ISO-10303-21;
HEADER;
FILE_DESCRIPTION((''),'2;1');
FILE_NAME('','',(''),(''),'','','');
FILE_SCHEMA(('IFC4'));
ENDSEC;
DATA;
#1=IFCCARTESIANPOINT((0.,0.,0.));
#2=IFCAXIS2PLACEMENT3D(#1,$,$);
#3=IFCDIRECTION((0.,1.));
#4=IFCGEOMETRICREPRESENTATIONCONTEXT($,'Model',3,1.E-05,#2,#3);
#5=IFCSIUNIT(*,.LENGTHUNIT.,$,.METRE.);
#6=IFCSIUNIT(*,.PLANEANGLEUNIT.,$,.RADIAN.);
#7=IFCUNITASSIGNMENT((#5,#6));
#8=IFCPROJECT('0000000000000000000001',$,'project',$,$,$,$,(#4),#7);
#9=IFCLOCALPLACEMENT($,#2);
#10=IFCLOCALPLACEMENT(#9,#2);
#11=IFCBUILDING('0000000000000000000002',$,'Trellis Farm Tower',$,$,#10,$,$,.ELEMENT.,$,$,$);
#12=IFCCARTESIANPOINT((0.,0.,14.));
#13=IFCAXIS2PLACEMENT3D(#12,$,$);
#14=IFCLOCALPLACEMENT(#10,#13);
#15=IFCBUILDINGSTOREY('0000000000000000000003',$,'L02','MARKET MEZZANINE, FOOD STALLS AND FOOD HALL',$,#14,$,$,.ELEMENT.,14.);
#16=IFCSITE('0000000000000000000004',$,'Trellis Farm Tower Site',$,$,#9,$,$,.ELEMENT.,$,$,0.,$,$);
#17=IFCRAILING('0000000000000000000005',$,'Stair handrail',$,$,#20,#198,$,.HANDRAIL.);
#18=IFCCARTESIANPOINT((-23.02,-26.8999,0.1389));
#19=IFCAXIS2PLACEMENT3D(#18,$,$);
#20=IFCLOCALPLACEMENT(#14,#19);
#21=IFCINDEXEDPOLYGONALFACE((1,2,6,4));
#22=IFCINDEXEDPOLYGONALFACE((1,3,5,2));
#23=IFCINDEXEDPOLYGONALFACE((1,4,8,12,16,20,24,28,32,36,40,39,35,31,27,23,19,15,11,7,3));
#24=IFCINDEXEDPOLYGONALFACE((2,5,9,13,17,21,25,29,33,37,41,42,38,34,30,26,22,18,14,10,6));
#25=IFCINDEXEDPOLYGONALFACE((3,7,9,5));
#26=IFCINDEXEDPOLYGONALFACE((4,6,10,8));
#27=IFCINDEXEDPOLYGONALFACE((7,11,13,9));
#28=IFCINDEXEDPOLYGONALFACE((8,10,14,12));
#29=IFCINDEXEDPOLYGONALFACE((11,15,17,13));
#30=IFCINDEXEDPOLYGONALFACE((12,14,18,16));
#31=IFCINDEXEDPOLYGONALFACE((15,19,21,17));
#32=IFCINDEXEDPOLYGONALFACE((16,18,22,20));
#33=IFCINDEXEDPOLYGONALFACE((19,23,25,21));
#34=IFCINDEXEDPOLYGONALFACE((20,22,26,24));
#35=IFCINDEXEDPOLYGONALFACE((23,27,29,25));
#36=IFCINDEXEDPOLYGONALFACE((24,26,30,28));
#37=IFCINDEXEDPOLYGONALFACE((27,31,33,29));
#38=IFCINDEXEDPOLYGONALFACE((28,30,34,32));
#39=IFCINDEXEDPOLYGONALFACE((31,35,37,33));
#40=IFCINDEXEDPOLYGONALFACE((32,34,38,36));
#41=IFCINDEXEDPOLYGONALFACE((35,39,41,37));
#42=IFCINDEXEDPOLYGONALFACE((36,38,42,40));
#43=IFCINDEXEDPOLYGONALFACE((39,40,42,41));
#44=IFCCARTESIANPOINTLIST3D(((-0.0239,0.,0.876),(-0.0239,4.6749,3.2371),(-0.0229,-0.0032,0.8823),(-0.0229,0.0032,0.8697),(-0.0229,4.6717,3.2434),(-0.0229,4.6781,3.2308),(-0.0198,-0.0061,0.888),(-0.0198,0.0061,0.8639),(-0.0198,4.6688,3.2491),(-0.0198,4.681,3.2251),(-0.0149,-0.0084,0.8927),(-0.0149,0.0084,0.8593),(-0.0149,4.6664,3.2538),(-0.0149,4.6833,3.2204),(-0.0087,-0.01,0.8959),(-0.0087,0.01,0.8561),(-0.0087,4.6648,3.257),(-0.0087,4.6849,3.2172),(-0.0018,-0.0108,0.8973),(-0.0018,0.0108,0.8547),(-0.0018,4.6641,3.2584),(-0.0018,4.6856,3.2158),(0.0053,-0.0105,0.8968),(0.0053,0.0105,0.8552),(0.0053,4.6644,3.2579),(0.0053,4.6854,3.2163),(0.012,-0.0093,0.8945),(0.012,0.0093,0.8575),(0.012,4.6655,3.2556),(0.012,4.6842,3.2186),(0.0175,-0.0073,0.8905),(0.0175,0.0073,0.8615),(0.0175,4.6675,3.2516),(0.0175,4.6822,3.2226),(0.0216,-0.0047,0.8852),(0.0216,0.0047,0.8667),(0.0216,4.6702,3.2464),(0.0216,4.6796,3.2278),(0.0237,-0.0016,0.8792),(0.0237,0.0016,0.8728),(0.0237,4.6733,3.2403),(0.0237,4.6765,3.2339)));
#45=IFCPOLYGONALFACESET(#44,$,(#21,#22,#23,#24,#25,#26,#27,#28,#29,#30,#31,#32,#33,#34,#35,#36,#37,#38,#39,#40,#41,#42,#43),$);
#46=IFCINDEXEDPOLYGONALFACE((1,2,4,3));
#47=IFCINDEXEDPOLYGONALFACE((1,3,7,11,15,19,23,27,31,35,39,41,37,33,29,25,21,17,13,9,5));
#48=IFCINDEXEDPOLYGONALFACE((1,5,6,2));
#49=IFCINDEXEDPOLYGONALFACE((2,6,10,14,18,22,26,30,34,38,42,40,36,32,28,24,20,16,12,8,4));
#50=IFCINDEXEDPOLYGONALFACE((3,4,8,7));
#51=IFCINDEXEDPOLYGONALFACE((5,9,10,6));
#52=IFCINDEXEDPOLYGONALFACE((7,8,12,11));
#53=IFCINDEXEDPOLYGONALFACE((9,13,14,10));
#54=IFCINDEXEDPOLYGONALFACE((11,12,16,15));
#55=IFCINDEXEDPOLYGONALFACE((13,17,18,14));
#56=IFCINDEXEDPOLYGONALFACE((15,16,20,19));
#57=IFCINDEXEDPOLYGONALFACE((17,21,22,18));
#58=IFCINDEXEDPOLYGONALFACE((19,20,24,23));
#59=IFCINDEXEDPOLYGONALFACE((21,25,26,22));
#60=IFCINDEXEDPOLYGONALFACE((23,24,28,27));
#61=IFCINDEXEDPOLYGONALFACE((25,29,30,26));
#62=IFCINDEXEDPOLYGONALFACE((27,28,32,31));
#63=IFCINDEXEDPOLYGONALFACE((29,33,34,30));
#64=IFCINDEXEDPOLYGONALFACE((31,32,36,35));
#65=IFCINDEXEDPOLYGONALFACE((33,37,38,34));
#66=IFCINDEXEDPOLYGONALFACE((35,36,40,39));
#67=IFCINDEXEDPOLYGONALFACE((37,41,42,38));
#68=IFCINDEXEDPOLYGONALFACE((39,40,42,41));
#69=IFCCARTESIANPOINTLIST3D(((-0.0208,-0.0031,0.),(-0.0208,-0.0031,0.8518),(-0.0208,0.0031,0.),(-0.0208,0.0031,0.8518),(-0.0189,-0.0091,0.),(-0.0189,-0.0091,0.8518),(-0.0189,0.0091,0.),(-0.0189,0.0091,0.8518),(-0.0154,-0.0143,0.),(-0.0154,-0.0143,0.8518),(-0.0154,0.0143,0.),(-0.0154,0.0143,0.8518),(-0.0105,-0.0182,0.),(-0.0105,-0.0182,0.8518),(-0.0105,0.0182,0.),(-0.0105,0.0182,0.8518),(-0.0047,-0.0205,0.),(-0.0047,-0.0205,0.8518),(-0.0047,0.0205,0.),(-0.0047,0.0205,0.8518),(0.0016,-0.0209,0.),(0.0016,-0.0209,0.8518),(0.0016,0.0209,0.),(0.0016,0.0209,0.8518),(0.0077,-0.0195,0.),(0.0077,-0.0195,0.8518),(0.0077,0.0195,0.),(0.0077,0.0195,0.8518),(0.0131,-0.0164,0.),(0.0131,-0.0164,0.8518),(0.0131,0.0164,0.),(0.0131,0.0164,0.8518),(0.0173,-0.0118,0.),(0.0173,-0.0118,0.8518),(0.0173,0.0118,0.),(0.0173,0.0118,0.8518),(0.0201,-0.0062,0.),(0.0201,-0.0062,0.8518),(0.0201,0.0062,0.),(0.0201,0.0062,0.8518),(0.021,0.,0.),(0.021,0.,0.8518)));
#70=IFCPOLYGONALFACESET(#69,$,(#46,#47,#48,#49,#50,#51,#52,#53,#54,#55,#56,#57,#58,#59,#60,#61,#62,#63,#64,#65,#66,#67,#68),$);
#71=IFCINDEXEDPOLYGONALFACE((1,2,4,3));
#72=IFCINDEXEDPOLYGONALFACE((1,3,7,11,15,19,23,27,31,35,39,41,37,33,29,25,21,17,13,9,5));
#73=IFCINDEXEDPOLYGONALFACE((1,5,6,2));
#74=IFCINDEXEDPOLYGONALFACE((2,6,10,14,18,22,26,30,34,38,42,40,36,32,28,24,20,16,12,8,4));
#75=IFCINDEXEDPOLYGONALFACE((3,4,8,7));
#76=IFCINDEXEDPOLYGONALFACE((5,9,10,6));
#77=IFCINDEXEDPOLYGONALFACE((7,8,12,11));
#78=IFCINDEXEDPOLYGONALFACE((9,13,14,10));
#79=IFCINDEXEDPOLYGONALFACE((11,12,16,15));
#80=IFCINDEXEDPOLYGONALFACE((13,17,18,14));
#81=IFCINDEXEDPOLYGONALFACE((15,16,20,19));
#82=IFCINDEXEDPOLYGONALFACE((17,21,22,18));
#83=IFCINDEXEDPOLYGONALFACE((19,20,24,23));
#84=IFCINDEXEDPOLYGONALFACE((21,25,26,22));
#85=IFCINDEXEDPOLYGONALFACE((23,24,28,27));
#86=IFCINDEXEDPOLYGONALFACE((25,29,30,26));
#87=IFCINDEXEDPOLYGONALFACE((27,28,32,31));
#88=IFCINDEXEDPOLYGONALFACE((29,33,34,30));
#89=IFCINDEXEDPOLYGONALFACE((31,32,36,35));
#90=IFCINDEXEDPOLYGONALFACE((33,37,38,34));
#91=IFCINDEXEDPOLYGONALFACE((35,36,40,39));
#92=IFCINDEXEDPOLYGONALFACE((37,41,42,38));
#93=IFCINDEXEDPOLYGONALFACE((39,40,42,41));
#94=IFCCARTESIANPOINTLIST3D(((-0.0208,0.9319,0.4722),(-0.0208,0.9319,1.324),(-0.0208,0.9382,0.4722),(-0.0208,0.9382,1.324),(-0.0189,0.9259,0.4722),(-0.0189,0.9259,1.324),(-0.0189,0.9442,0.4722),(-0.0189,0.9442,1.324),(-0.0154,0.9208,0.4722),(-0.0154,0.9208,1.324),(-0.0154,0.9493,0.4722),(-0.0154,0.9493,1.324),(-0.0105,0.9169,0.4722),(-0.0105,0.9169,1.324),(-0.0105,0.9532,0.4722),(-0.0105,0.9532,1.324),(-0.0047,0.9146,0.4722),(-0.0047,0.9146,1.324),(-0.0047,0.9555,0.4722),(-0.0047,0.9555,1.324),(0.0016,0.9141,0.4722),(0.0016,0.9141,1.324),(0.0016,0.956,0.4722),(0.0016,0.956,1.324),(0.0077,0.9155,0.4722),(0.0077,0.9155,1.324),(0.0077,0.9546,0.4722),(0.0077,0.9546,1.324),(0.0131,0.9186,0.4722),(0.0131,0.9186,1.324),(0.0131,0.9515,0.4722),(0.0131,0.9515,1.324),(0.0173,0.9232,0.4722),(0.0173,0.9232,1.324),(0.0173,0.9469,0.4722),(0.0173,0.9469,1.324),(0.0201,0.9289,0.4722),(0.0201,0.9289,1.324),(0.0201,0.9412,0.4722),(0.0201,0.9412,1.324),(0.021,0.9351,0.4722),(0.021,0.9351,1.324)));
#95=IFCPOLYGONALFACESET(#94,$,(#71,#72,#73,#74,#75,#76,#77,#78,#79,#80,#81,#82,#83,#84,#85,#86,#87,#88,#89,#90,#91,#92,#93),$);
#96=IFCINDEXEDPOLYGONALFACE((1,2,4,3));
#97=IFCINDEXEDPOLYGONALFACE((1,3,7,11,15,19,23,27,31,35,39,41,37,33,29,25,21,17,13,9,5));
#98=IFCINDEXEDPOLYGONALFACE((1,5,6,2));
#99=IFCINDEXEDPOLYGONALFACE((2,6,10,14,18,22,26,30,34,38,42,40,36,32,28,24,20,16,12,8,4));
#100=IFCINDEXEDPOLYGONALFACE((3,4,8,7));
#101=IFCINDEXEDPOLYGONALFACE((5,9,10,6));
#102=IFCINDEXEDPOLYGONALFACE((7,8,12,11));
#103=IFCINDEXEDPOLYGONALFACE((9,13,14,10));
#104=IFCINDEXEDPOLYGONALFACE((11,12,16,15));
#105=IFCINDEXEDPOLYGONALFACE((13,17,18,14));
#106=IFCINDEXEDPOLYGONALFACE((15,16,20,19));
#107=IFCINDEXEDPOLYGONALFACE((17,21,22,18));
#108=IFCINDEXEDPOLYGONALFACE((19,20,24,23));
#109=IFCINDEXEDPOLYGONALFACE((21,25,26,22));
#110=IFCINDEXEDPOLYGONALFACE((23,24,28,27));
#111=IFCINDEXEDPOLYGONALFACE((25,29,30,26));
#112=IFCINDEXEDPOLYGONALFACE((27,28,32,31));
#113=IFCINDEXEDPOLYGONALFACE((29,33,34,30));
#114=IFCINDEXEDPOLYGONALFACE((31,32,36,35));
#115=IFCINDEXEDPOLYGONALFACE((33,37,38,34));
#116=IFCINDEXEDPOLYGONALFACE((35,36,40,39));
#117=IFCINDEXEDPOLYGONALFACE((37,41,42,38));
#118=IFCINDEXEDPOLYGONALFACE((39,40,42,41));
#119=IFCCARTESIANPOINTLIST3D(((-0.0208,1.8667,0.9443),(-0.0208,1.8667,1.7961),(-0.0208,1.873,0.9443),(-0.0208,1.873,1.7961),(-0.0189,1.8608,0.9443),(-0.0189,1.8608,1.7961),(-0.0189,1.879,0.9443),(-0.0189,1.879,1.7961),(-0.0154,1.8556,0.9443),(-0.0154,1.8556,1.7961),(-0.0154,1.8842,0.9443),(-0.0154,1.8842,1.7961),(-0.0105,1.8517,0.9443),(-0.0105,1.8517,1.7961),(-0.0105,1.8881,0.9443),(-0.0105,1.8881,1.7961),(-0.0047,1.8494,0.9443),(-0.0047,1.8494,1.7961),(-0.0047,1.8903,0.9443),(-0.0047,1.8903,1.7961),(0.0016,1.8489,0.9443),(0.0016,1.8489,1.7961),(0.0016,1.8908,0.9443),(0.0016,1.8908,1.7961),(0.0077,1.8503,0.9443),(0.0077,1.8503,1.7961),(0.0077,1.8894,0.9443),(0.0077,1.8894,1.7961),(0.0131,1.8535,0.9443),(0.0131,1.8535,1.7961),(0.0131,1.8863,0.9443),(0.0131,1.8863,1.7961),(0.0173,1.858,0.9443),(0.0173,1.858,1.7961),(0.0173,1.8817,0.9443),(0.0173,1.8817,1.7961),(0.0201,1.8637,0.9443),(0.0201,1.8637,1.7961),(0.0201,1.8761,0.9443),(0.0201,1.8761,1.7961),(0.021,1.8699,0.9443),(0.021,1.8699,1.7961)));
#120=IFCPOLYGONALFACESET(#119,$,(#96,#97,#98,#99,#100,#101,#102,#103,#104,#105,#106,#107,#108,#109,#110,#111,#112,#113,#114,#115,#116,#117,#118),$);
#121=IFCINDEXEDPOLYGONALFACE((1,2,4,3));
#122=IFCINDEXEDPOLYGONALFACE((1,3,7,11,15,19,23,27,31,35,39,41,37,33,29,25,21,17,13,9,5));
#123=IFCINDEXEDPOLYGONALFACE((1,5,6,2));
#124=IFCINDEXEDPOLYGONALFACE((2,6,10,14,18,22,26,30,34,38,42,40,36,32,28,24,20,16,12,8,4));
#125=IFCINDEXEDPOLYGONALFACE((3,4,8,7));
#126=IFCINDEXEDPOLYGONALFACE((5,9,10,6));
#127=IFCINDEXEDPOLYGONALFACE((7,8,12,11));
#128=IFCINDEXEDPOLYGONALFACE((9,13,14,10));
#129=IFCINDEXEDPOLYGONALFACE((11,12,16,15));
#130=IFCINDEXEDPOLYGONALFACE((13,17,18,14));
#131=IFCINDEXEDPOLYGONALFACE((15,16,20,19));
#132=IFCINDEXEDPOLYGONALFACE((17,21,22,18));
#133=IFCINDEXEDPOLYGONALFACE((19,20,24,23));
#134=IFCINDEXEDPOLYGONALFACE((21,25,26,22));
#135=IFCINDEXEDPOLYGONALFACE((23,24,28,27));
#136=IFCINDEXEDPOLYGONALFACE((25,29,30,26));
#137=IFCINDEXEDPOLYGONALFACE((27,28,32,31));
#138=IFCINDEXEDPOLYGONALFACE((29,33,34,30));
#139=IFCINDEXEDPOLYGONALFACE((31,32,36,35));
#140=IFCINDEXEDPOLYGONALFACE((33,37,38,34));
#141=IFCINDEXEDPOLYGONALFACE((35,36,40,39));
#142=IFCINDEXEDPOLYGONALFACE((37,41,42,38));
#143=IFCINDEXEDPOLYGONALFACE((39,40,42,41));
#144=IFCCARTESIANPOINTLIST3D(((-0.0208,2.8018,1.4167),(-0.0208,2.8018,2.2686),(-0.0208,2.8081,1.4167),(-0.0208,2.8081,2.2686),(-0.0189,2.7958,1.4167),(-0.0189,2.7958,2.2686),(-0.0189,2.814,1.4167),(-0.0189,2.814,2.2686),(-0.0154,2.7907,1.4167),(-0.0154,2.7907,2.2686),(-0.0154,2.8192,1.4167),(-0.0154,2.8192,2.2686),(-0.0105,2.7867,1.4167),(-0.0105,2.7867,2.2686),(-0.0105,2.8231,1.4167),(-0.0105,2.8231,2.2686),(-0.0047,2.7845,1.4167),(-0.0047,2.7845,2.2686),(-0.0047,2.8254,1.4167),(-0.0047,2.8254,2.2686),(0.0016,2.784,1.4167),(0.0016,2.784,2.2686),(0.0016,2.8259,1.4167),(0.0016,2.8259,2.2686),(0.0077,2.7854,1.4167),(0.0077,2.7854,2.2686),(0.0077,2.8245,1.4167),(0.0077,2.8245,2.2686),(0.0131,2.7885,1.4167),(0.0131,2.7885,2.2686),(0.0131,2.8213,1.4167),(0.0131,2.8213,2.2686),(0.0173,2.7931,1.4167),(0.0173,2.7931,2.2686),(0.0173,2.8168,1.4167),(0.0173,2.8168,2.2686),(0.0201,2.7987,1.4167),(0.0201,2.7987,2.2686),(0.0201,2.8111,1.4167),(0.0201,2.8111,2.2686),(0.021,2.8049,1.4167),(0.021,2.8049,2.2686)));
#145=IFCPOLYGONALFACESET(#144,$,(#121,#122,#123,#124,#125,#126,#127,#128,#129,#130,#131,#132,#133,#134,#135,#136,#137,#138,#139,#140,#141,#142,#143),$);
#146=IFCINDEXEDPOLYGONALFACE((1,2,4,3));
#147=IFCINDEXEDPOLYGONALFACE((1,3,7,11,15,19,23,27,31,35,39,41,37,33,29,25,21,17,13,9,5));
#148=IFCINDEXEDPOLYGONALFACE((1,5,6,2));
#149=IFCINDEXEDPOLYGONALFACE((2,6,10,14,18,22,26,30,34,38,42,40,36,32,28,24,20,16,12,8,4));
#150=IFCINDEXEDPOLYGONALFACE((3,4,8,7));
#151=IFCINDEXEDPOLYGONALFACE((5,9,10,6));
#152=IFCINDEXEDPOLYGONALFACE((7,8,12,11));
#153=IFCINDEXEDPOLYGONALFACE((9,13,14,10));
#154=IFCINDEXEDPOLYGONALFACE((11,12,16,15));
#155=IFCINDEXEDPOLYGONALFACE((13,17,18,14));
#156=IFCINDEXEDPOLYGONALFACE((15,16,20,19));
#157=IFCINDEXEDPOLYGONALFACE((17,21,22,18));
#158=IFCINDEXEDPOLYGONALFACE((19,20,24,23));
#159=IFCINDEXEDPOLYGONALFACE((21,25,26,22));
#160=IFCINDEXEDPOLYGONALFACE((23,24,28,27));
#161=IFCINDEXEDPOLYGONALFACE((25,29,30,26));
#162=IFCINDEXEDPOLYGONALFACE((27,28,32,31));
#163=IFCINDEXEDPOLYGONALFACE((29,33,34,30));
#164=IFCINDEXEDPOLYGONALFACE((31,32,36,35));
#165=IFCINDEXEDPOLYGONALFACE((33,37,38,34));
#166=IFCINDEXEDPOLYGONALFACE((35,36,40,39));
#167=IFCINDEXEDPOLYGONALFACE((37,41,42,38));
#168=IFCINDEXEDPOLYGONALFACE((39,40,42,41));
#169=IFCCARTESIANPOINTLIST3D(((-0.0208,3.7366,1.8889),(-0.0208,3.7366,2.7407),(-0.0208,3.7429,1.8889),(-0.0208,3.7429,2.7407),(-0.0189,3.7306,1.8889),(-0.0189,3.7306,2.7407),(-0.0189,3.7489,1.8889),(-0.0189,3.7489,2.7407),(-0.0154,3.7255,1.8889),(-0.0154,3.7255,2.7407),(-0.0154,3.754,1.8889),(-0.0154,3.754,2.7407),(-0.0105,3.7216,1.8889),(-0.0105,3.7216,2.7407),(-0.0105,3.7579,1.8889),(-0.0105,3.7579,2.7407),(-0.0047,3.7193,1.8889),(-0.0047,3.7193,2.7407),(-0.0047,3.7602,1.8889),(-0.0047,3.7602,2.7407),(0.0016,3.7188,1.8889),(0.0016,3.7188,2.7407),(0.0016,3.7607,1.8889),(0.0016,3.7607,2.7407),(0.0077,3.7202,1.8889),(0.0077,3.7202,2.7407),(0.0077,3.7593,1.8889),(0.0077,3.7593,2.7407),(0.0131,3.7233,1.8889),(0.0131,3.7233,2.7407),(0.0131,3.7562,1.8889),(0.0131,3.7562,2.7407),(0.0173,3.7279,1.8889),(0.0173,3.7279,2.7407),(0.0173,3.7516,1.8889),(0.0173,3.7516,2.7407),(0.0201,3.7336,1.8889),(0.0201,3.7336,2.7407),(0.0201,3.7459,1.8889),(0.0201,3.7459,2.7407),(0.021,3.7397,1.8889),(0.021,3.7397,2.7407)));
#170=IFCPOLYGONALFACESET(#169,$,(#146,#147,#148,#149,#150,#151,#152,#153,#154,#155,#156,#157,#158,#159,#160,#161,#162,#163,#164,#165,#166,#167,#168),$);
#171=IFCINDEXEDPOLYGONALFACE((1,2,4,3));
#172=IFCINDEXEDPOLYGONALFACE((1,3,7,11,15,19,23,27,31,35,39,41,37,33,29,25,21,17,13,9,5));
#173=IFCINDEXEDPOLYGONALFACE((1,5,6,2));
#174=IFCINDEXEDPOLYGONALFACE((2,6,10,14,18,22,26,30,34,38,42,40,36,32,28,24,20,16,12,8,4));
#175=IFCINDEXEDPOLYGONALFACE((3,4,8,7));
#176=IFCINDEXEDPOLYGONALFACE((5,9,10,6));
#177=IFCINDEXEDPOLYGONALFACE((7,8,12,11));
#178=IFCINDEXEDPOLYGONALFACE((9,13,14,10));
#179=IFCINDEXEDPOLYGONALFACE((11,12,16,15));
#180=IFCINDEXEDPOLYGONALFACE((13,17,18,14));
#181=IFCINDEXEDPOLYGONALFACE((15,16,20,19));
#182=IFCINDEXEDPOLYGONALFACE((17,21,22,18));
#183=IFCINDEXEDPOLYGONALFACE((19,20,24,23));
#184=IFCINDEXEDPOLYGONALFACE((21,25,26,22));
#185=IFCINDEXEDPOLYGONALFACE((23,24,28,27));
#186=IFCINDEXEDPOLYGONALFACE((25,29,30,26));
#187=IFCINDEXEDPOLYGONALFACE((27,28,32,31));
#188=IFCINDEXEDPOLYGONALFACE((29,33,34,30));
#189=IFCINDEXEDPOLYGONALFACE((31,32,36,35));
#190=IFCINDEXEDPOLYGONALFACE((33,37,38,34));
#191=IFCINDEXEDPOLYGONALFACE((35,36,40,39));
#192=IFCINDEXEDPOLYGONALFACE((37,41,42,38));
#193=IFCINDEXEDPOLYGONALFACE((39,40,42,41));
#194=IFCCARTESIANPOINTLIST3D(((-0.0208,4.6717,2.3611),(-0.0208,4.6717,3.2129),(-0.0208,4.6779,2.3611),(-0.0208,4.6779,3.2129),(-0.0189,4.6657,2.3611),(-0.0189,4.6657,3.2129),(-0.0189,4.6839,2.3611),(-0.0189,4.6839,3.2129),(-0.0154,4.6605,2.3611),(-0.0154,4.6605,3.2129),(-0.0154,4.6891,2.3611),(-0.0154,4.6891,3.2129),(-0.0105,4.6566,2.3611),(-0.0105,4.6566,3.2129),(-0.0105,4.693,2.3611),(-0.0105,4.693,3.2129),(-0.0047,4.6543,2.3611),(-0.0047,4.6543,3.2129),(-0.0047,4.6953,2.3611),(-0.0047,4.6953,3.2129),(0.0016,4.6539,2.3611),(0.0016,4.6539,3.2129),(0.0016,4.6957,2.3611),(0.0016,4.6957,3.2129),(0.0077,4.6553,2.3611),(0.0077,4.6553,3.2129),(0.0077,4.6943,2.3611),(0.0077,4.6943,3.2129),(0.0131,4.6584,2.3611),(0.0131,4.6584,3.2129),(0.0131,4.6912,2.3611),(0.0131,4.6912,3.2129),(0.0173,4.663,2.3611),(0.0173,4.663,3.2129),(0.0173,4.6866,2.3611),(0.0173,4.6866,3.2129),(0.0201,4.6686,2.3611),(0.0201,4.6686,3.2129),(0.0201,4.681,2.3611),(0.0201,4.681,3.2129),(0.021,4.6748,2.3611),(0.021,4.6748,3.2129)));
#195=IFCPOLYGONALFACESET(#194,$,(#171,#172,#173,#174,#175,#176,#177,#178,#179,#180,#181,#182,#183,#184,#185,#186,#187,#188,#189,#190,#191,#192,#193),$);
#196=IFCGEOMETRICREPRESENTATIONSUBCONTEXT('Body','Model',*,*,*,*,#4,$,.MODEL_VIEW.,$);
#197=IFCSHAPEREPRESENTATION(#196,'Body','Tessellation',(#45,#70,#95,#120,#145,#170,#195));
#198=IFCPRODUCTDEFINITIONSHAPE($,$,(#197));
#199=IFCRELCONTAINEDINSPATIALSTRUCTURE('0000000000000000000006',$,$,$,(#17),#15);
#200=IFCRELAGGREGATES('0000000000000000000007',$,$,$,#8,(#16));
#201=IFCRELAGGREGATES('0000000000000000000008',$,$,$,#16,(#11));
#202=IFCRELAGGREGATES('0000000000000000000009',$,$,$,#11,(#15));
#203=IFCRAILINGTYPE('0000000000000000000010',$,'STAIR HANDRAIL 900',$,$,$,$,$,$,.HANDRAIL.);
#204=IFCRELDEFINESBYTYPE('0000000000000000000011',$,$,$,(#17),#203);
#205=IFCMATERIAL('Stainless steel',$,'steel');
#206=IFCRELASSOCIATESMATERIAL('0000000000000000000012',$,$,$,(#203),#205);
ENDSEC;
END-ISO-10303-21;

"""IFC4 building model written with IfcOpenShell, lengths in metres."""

from ifc_helpers import new_model, si_unit, direction, frame, origin, origin_2d, place, context, subcontext, project, spatial, circle, extrude, source, transform, mapped, material, type_object, element, save


model = new_model("IFC4")

# Units and contexts
model_context = context("Model", 3, precision=1e-05, world=origin(), true_north=direction((0.0, 1.0)))
body_context = subcontext(model_context, "Body", "Model", "MODEL_VIEW")
ifc_project = project(units=[si_unit("LENGTHUNIT", "METRE"), si_unit("PLANEANGLEUNIT", "RADIAN")], contexts=[model_context])

# Site, building, storey
site_placement = place(None, origin())
site = spatial("IfcSite", under=ifc_project, at=site_placement, Name="Trellis Farm Tower Site", CompositionType="ELEMENT", RefElevation=0.0)
building_placement = place(site_placement, origin())
building = spatial("IfcBuilding", under=site, at=building_placement, Name="Trellis Farm Tower", CompositionType="ELEMENT")
storey_placement = place(building_placement, frame((0.0, 0.0, 14.0)))
storey = spatial("IfcBuildingStorey", under=building, at=storey_placement, Name="L02", Description="MARKET MEZZANINE, FOOD STALLS AND FOOD HALL", CompositionType="ELEMENT", Elevation=14.0)

# Railing
ifc_material_1 = material(Name="Stainless steel", Category="steel")
railing_type = type_object("IfcRailingType", Name="STAIR HANDRAIL 900", PredefinedType="HANDRAIL", material=ifc_material_1)
shared_shape_1 = source(origin(), body_context, "Body", "SweptSolid", [
    extrude(circle(Radius=0.0239, at=origin_2d()), frame((0.0, 0.0, 0.876), z_axis=(0.0, 0.892611, 0.450827), x_axis=(-1.0, 0.0, 0.0)), (0.0, 0.0, 1.0), 5.2373),
    extrude(circle(Radius=0.021, at=origin_2d()), origin(), (0.0, 0.0, 1.0), 0.8518),
    extrude(circle(Radius=0.021, at=origin_2d()), frame((0.0, 0.9351, 0.4722)), (0.0, 0.0, 1.0), 0.8518),
    extrude(circle(Radius=0.021, at=origin_2d()), frame((0.0, 1.8699, 0.9443)), (0.0, 0.0, 1.0), 0.8518),
    extrude(circle(Radius=0.021, at=origin_2d()), frame((0.0, 2.8049, 1.4167)), (0.0, 0.0, 1.0), 0.8518),
    extrude(circle(Radius=0.021, at=origin_2d()), frame((0.0, 3.7397, 1.8889)), (0.0, 0.0, 1.0), 0.8518),
    extrude(circle(Radius=0.021, at=origin_2d()), frame((0.0, 4.6748, 2.3611)), (0.0, 0.0, 1.0), 0.8518),
])
railing_placement = place(storey_placement, frame((-23.02, -26.8999, 0.1389)))
element("IfcRailing", 1, at=railing_placement, inside=storey, type_object=railing_type, Name="Stair handrail", PredefinedType="HANDRAIL", context=body_context, shape_type="MappedRepresentation", body=[
    mapped(shared_shape_1, transform((0.0, 0.0, 0.0))),
])

save(model, "model.ifc")
